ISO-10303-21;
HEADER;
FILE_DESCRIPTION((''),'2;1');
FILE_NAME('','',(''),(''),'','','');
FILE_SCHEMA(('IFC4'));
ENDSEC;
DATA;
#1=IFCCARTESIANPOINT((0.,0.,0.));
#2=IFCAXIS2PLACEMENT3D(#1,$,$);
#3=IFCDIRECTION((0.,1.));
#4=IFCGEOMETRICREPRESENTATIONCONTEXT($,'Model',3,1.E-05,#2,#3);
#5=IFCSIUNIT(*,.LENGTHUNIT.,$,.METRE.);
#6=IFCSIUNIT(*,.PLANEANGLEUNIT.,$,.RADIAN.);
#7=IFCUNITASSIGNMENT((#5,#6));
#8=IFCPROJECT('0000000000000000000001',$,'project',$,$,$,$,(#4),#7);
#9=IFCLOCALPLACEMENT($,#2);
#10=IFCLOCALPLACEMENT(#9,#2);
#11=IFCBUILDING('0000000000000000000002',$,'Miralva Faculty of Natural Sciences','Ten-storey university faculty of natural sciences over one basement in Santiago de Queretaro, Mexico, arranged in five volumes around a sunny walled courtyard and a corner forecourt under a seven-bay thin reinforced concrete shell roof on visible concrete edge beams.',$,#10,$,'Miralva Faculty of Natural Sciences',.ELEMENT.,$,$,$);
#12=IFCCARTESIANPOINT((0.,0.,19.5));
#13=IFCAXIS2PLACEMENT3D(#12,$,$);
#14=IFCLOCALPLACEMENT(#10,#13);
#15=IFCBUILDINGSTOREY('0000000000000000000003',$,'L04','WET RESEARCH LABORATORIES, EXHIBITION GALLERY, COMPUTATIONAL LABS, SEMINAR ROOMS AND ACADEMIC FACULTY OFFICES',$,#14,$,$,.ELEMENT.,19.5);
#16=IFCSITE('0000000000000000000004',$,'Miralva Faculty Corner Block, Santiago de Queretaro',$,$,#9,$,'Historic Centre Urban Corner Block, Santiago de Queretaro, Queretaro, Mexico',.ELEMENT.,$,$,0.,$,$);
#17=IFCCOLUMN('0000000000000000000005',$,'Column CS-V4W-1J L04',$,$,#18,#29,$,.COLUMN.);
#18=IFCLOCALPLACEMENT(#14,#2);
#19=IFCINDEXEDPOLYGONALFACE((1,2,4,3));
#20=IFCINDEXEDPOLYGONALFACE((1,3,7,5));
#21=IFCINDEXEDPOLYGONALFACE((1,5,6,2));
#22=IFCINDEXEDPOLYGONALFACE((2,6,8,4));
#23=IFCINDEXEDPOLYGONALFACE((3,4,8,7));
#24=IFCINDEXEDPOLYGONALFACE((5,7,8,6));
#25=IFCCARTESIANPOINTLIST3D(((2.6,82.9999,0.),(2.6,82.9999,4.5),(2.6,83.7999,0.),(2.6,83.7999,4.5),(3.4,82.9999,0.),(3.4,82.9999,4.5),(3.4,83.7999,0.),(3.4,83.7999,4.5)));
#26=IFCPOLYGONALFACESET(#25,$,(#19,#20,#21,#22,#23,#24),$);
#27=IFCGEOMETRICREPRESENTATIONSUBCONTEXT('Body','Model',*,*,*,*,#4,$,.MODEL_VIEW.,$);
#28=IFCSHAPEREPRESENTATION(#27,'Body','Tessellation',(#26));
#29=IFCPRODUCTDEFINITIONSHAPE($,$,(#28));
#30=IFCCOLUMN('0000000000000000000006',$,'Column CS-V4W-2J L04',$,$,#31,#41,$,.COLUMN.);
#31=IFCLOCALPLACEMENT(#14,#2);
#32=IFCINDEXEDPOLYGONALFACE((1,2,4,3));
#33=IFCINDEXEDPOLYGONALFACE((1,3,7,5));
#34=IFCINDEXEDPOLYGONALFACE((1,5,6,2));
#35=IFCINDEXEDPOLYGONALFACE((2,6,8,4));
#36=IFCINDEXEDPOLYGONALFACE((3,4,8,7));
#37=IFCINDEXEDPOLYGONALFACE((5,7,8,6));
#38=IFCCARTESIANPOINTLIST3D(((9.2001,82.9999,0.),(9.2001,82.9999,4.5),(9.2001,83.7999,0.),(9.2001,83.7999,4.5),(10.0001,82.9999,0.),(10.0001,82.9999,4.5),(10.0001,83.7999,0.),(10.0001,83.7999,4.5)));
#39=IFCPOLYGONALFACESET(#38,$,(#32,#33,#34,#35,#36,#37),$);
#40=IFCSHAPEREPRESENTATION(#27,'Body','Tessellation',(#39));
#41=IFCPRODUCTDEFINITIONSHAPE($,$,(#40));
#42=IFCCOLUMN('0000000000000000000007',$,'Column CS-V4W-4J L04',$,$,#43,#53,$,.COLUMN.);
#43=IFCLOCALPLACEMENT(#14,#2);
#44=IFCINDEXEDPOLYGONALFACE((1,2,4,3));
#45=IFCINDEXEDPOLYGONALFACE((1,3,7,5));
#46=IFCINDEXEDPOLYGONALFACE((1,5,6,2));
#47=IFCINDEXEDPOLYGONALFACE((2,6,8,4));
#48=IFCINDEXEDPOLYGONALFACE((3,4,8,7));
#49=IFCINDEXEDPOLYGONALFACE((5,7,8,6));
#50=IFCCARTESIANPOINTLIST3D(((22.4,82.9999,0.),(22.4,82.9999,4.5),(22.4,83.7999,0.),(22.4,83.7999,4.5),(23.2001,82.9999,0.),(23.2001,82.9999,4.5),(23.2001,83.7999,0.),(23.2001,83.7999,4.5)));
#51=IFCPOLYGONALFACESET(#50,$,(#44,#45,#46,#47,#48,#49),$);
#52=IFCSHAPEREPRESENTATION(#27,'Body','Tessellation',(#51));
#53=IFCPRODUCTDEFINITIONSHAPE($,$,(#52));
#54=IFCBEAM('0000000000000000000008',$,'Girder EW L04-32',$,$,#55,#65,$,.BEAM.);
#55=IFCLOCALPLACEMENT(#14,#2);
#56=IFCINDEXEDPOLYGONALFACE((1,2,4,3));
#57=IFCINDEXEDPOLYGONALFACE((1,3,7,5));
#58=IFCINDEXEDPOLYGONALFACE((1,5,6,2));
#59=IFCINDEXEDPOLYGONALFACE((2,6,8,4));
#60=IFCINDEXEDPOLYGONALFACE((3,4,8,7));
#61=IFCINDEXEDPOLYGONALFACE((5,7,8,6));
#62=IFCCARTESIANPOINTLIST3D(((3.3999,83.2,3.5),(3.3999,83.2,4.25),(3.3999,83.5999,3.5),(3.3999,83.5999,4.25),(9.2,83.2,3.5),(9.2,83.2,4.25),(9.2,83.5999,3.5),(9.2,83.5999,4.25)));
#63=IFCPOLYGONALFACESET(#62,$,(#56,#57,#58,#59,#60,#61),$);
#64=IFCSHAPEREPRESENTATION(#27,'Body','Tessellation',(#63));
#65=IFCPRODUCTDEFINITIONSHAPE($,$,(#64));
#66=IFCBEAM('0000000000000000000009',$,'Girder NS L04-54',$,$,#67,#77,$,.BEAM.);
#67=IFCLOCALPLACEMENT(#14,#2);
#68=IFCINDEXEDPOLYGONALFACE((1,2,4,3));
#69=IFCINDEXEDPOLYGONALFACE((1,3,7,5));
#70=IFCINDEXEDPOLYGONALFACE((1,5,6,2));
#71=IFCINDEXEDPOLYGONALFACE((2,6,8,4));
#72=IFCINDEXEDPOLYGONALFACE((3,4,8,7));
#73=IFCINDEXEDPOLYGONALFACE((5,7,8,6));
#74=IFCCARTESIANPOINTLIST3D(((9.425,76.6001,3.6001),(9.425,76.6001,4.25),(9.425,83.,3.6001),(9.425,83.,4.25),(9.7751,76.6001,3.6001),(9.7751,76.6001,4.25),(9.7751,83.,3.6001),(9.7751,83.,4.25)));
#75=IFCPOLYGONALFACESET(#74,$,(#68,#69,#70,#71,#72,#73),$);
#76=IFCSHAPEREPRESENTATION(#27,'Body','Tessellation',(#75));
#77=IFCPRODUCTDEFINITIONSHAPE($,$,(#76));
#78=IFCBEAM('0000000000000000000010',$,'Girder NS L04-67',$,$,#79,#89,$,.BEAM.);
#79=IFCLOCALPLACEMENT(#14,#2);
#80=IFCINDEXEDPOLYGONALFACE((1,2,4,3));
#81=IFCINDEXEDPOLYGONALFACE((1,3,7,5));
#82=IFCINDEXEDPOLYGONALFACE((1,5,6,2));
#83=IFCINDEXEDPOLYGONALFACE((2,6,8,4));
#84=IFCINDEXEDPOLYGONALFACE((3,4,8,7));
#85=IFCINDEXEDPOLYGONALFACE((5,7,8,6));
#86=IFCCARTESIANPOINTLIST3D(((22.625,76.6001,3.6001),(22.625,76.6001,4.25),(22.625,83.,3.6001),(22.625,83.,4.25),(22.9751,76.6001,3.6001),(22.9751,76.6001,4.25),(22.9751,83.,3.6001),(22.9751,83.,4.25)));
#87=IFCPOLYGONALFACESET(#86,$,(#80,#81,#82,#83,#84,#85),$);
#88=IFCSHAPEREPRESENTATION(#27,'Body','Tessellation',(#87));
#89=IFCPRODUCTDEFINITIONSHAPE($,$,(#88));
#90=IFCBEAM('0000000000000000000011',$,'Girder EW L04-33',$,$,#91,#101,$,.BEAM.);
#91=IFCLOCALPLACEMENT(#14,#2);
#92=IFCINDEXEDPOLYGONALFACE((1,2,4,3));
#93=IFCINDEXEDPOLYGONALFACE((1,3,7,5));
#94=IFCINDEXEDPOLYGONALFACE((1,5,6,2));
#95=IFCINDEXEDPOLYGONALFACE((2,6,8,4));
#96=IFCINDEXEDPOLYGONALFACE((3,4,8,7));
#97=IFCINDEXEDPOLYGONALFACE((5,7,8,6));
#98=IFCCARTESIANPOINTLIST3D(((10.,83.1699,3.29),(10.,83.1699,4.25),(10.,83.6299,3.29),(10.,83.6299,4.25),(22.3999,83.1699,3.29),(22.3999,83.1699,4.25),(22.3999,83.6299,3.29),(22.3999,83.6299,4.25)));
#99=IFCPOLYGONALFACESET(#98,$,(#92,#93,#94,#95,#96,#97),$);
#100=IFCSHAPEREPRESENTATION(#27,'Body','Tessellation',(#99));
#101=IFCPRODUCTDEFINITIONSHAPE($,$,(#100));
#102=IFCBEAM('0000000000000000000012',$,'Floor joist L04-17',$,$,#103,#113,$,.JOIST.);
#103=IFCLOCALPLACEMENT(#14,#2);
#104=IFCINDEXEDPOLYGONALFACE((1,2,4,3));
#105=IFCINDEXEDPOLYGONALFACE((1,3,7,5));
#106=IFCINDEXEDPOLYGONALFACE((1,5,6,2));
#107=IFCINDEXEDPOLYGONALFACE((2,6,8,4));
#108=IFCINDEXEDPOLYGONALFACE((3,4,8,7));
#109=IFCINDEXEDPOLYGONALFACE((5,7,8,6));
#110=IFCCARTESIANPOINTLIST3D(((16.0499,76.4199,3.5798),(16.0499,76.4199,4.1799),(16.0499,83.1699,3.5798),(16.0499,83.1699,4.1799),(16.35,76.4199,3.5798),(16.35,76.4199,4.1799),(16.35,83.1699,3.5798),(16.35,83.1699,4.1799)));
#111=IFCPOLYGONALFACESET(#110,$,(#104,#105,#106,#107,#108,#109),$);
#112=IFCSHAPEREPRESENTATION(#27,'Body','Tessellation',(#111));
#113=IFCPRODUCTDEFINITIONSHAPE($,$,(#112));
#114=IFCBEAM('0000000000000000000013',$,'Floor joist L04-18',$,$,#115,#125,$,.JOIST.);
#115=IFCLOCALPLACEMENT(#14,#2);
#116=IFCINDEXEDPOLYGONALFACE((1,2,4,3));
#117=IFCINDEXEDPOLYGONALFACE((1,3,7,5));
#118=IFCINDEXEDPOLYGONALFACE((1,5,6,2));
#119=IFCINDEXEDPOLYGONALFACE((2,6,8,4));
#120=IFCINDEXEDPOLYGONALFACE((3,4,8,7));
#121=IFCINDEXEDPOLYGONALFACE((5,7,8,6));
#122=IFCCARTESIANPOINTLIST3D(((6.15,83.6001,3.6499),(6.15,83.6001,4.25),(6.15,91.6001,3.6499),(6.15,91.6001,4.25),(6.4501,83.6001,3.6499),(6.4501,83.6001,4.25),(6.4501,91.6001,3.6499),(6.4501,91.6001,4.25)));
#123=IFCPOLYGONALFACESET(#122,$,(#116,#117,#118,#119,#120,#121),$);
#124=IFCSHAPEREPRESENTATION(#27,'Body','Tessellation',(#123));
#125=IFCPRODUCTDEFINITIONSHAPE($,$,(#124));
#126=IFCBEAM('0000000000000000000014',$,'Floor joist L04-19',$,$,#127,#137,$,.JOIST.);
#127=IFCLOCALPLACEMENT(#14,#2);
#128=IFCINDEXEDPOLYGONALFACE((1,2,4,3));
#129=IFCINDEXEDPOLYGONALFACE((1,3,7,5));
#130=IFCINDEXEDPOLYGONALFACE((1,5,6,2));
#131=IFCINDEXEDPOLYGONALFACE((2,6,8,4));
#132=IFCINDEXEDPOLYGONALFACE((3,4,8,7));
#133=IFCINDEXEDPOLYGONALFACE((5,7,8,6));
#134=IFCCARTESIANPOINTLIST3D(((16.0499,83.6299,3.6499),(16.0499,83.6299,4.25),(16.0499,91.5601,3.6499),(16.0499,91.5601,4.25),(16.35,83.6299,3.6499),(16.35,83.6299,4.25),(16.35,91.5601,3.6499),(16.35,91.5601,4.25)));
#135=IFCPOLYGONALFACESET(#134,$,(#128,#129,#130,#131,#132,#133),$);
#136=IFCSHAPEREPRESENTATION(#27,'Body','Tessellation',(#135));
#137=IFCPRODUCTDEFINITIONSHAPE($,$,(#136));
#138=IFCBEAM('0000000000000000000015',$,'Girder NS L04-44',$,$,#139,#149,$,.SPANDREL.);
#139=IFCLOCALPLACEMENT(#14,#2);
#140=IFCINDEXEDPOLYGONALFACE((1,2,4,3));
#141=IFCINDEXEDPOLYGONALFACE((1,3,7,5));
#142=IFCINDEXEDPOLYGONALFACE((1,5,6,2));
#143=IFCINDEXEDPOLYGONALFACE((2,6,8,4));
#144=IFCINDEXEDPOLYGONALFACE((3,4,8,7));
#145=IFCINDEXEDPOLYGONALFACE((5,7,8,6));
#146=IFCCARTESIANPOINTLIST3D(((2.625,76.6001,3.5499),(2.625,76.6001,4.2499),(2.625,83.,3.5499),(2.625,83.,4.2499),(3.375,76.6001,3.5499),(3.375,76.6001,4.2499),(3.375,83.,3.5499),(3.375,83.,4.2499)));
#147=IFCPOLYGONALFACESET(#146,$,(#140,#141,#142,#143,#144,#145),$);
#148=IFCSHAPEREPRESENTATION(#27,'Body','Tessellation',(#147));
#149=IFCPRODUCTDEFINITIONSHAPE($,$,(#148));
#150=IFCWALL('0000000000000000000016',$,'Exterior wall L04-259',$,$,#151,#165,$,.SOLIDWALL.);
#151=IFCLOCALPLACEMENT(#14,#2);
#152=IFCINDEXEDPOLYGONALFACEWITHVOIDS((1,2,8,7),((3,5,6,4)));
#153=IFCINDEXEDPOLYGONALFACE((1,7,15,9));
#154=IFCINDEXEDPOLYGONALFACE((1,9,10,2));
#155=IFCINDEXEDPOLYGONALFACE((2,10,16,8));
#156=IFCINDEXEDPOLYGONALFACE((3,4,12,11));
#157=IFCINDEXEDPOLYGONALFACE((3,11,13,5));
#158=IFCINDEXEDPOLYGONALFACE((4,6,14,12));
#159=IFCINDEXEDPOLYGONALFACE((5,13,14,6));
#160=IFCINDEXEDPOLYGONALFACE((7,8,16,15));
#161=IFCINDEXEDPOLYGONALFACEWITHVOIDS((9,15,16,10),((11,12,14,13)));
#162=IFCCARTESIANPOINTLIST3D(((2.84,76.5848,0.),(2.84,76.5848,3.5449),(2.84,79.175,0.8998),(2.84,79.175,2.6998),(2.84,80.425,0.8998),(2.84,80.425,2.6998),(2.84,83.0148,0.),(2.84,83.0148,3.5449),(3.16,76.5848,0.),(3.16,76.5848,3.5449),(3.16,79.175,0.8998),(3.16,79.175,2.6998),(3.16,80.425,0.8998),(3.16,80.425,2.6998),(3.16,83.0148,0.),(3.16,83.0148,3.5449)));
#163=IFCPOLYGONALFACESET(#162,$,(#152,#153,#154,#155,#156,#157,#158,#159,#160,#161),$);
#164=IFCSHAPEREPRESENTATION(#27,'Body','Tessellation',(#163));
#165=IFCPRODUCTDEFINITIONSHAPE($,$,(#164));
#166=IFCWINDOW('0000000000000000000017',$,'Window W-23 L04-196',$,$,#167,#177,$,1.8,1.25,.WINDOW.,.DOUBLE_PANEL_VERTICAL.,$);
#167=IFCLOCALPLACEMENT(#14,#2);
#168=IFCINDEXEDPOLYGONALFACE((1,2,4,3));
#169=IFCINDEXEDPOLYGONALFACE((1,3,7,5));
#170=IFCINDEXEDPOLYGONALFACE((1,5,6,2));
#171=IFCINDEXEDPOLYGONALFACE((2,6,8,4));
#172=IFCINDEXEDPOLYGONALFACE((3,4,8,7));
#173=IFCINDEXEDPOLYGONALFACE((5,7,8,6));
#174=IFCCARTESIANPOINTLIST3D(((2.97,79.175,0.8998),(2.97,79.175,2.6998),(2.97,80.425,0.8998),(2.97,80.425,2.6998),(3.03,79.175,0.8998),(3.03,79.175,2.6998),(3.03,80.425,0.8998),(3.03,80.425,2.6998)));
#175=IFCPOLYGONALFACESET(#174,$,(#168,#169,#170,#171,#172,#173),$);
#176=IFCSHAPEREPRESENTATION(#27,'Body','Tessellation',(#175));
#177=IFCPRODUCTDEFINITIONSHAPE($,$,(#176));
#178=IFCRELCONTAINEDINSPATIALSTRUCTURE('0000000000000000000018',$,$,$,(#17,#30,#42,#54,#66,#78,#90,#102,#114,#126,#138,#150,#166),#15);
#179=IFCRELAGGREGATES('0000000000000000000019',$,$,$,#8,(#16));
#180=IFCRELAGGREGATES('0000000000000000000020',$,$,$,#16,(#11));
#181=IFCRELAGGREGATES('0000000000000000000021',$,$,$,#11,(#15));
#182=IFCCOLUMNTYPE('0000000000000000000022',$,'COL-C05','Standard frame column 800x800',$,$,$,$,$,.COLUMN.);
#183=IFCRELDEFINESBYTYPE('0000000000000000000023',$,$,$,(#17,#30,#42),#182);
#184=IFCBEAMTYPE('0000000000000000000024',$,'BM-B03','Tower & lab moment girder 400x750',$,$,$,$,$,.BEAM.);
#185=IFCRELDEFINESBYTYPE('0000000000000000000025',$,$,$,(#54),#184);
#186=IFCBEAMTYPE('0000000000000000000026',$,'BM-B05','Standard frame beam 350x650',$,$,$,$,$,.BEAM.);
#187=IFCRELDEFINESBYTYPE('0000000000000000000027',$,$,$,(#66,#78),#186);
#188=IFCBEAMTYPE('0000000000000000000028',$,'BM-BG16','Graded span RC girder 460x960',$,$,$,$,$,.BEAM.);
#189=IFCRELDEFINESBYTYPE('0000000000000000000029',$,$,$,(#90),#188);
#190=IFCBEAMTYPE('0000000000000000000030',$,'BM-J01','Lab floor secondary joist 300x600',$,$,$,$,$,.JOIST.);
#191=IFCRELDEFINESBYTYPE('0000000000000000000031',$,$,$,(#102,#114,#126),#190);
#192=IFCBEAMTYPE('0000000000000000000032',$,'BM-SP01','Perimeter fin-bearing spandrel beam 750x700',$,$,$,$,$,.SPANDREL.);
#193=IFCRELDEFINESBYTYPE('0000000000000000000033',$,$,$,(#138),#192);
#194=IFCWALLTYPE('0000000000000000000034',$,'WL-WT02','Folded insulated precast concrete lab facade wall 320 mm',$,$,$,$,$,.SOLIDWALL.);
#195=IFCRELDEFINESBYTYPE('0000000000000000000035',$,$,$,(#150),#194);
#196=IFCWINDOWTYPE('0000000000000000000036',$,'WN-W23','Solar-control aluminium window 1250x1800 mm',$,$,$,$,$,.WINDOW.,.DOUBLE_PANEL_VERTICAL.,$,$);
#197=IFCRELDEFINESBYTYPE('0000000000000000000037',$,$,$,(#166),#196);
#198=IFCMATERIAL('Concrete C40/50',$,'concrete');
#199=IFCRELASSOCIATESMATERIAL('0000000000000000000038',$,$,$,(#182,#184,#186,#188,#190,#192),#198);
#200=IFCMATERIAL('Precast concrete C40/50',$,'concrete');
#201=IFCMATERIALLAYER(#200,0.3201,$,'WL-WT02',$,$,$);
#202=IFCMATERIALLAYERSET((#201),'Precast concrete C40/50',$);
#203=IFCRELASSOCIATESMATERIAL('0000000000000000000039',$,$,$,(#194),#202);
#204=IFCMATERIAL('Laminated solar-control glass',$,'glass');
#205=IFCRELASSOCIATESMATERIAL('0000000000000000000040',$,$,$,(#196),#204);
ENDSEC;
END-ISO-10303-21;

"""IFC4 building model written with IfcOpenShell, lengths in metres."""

from ifc_helpers import new_model, si_unit, direction, frame, frame_2d, origin, origin_2d, place, context, subcontext, project, spatial, rectangle, extrude, material, layer, layer_set, material_profile, profile_set, type_object, element, fill, save


model = new_model("IFC4")

# Units and contexts
model_context = context("Model", 3, precision=1e-05, world=origin(), true_north=direction((0.0, 1.0)))
body_context = subcontext(model_context, "Body", "Model", "MODEL_VIEW")
ifc_project = project(units=[si_unit("LENGTHUNIT", "METRE"), si_unit("PLANEANGLEUNIT", "RADIAN")], contexts=[model_context])

# Site, building, storey
site_placement = place(None, origin())
site = spatial("IfcSite", under=ifc_project, at=site_placement, Name="Miralva Faculty Corner Block, Santiago de Queretaro", LongName="Historic Centre Urban Corner Block, Santiago de Queretaro, Queretaro, Mexico", CompositionType="ELEMENT", RefElevation=0.0)
building_placement = place(site_placement, origin())
building = spatial("IfcBuilding", under=site, at=building_placement, Name="Miralva Faculty of Natural Sciences", Description="Ten-storey university faculty of natural sciences over one basement in Santiago de Queretaro, Mexico, arranged in five volumes around a sunny walled courtyard and a corner forecourt under a seven-bay thin reinforced concrete shell roof on visible concrete edge beams.", LongName="Miralva Faculty of Natural Sciences", CompositionType="ELEMENT")
storey_placement = place(building_placement, frame((0.0, 0.0, 19.5)))
storey = spatial("IfcBuildingStorey", under=building, at=storey_placement, Name="L04", Description="WET RESEARCH LABORATORIES, EXHIBITION GALLERY, COMPUTATIONAL LABS, SEMINAR ROOMS AND ACADEMIC FACULTY OFFICES", CompositionType="ELEMENT", Elevation=19.5)

# Columns
ifc_material_1 = material(Name="Concrete C40/50", Category="concrete")
ifc_material_profile_1 = material_profile(ifc_material_1, rectangle(XDim=0.8, YDim=0.8, at=origin_2d()), Name="RC 800x800")
ifc_profile_set_1 = profile_set([ifc_material_profile_1], Name="Concrete C40/50")
column_type = type_object("IfcColumnType", Name="COL-C05", Description="Standard frame column 800x800", PredefinedType="COLUMN", material=ifc_profile_set_1)
for number, where, z_axis, x_axis, name in (
    (1, (3.0, 83.3999, 0.0), (0.0, 0.0, 1.0), (1.0, 0.0, 0.0), "Column CS-V4W-1J L04"),
    (2, (9.6001, 83.3999, 0.0), (0.0, 0.0, 1.0), (1.0, 0.0, 0.0), "Column CS-V4W-2J L04"),
    (3, (22.8, 83.3999, 0.0), (0.0, 0.0, 1.0), (1.0, 0.0, 0.0), "Column CS-V4W-4J L04"),
):
    element("IfcColumn", number, at=place(storey_placement, frame(where, z_axis=z_axis, x_axis=x_axis)), inside=storey, type_object=column_type, Name=name, PredefinedType="COLUMN", context=body_context, shape_type="SweptSolid", body=[
        extrude(rectangle(XDim=0.8, YDim=0.8, at=origin_2d()), origin(), (0.0, 0.0, 1.0), 4.5),
    ])

# Beams
ifc_material_profile_2 = material_profile(ifc_material_1, rectangle(XDim=0.3999, YDim=0.75, at=origin_2d()), Name="RC 400x750")
ifc_profile_set_2 = profile_set([ifc_material_profile_2], Name="Concrete C40/50")
beam_type_1 = type_object("IfcBeamType", Name="BM-B03", Description="Tower & lab moment girder 400x750", PredefinedType="BEAM", material=ifc_profile_set_2)
beam_1_placement = place(storey_placement, frame((3.3999, 83.3999, 3.875), z_axis=(1.0, 0.0, 0.0), x_axis=(0.0, 1.0, 0.0)))
element("IfcBeam", 4, at=beam_1_placement, inside=storey, type_object=beam_type_1, Name="Girder EW L04-32", PredefinedType="BEAM", context=body_context, shape_type="SweptSolid", body=[
    extrude(rectangle(XDim=0.3999, YDim=0.75, at=origin_2d()), origin(), (0.0, 0.0, 1.0), 5.8),
])
ifc_material_profile_3 = material_profile(ifc_material_1, rectangle(XDim=0.3501, YDim=0.6499, at=origin_2d()), Name="RC 350x650")
ifc_profile_set_3 = profile_set([ifc_material_profile_3], Name="Concrete C40/50")
beam_type_2 = type_object("IfcBeamType", Name="BM-B05", Description="Standard frame beam 350x650", PredefinedType="BEAM", material=ifc_profile_set_3)
for number, where, z_axis, x_axis, name in (
    (5, (9.6001, 76.6001, 3.925), (0.0, 1.0, 0.0), (-1.0, 0.0, 0.0), "Girder NS L04-54"),
    (6, (22.8, 76.6001, 3.925), (0.0, 1.0, 0.0), (-1.0, 0.0, 0.0), "Girder NS L04-67"),
):
    element("IfcBeam", number, at=place(storey_placement, frame(where, z_axis=z_axis, x_axis=x_axis)), inside=storey, type_object=beam_type_2, Name=name, PredefinedType="BEAM", context=body_context, shape_type="SweptSolid", body=[
        extrude(rectangle(XDim=0.3501, YDim=0.6499, at=origin_2d()), origin(), (0.0, 0.0, 1.0), 6.3999),
    ])
ifc_material_profile_4 = material_profile(ifc_material_1, rectangle(XDim=0.46, YDim=0.96, at=origin_2d()), Name="RC 460x960")
ifc_profile_set_4 = profile_set([ifc_material_profile_4], Name="Concrete C40/50")
beam_type_3 = type_object("IfcBeamType", Name="BM-BG16", Description="Graded span RC girder 460x960", PredefinedType="BEAM", material=ifc_profile_set_4)
beam_2_placement = place(storey_placement, frame((10.0, 83.3999, 3.77), z_axis=(1.0, 0.0, 0.0), x_axis=(0.0, 1.0, 0.0)))
element("IfcBeam", 7, at=beam_2_placement, inside=storey, type_object=beam_type_3, Name="Girder EW L04-33", PredefinedType="BEAM", context=body_context, shape_type="SweptSolid", body=[
    extrude(rectangle(XDim=0.46, YDim=0.96, at=origin_2d()), origin(), (0.0, 0.0, 1.0), 12.3999),
])
ifc_material_profile_5 = material_profile(ifc_material_1, rectangle(XDim=0.3, YDim=0.6001, at=origin_2d()), Name="RC 300x600")
ifc_profile_set_5 = profile_set([ifc_material_profile_5], Name="Concrete C40/50")
beam_type_4 = type_object("IfcBeamType", Name="BM-J01", Description="Lab floor secondary joist 300x600", PredefinedType="JOIST", material=ifc_profile_set_5)
beam_3_placement = place(storey_placement, frame((16.2, 76.4199, 3.8799), z_axis=(0.0, 1.0, 0.0), x_axis=(-1.0, 0.0, 0.0)))
element("IfcBeam", 8, at=beam_3_placement, inside=storey, type_object=beam_type_4, Name="Floor joist L04-17", PredefinedType="JOIST", context=body_context, shape_type="SweptSolid", body=[
    extrude(rectangle(XDim=0.3, YDim=0.6001, at=origin_2d()), origin(), (0.0, 0.0, 1.0), 6.75),
])
beam_4_placement = place(storey_placement, frame((6.3, 83.6001, 3.95), z_axis=(0.0, 1.0, 0.0), x_axis=(-1.0, 0.0, 0.0)))
element("IfcBeam", 9, at=beam_4_placement, inside=storey, type_object=beam_type_4, Name="Floor joist L04-18", PredefinedType="JOIST", context=body_context, shape_type="SweptSolid", body=[
    extrude(rectangle(XDim=0.3, YDim=0.6001, at=origin_2d()), origin(), (0.0, 0.0, 1.0), 8.0),
])
beam_5_placement = place(storey_placement, frame((16.2, 83.6299, 3.95), z_axis=(0.0, 1.0, 0.0), x_axis=(-1.0, 0.0, 0.0)))
element("IfcBeam", 10, at=beam_5_placement, inside=storey, type_object=beam_type_4, Name="Floor joist L04-19", PredefinedType="JOIST", context=body_context, shape_type="SweptSolid", body=[
    extrude(rectangle(XDim=0.3, YDim=0.6001, at=origin_2d()), origin(), (0.0, 0.0, 1.0), 7.9302),
])
ifc_material_profile_6 = material_profile(ifc_material_1, rectangle(XDim=0.75, YDim=0.7, at=origin_2d()), Name="RC 750x700")
ifc_profile_set_6 = profile_set([ifc_material_profile_6], Name="Concrete C40/50")
beam_type_5 = type_object("IfcBeamType", Name="BM-SP01", Description="Perimeter fin-bearing spandrel beam 750x700", PredefinedType="SPANDREL", material=ifc_profile_set_6)
beam_6_placement = place(storey_placement, frame((3.0, 76.6001, 3.8999), z_axis=(0.0, 1.0, 0.0), x_axis=(-1.0, 0.0, 0.0)))
element("IfcBeam", 11, at=beam_6_placement, inside=storey, type_object=beam_type_5, Name="Girder NS L04-44", PredefinedType="SPANDREL", context=body_context, shape_type="SweptSolid", body=[
    extrude(rectangle(XDim=0.75, YDim=0.7, at=origin_2d()), origin(), (0.0, 0.0, 1.0), 6.3999),
])

# Wall, opening, window
ifc_material_2 = material(Name="Precast concrete C40/50", Category="concrete")
ifc_layer = layer(ifc_material_2, 0.3201, Name="WL-WT02")
ifc_layer_set = layer_set([ifc_layer], Name="Precast concrete C40/50")
wall_type = type_object("IfcWallType", Name="WL-WT02", Description="Folded insulated precast concrete lab facade wall 320 mm", PredefinedType="SOLIDWALL", material=ifc_layer_set)
wall_1_placement = place(storey_placement, frame((3.0, 76.585, 0.0), z_axis=(0.0, 0.0, 1.0), x_axis=(0.0, 1.0, 0.0)))
wall_1 = element("IfcWall", 12, at=wall_1_placement, inside=storey, type_object=wall_type, Name="Exterior wall L04-259", PredefinedType="SOLIDWALL", context=body_context, shape_type="SweptSolid", body=[
    extrude(rectangle(XDim=6.4299, YDim=0.3201, at=frame_2d((3.2148, 0.0))), origin(), (0.0, 0.0, 1.0), 3.5449),
])
opening_1_placement = place(wall_1_placement, frame((2.5901, 0.0, 0.8999)))
opening_1 = element("IfcOpeningElement", 13, at=opening_1_placement, cuts=wall_1, PredefinedType="OPENING", context=body_context, shape_type="SweptSolid", body=[
    extrude(rectangle(XDim=1.25, YDim=1.8, at=frame_2d((0.625, 0.8999))), frame((0.0, 0.1699, 0.0), z_axis=(0.0, -1.0, 0.0), x_axis=(1.0, 0.0, 0.0)), (0.0, 0.0, 1.0), 0.3401),
])
ifc_material_3 = material(Name="Laminated solar-control glass", Category="glass")
window_type_1 = type_object("IfcWindowType", Name="WN-W23", Description="Solar-control aluminium window 1250x1800 mm", PartitioningType="DOUBLE_PANEL_VERTICAL", PredefinedType="WINDOW", material=ifc_material_3)
window_1_placement = place(opening_1_placement, origin())
window_1 = element("IfcWindow", 14, at=window_1_placement, inside=storey, type_object=window_type_1, Name="Window W-23 L04-196", OverallHeight=1.8, OverallWidth=1.25, PartitioningType="DOUBLE_PANEL_VERTICAL", PredefinedType="WINDOW", context=body_context, shape_type="SweptSolid", body=[
    extrude(rectangle(XDim=1.25, YDim=1.8, at=frame_2d((0.625, 0.8999))), frame((0.0, 0.03, 0.0), z_axis=(0.0, -1.0, 0.0), x_axis=(1.0, 0.0, 0.0)), (0.0, 0.0, 1.0), 0.0601),
])
fill(opening_1, window_1)

save(model, "model.ifc")
